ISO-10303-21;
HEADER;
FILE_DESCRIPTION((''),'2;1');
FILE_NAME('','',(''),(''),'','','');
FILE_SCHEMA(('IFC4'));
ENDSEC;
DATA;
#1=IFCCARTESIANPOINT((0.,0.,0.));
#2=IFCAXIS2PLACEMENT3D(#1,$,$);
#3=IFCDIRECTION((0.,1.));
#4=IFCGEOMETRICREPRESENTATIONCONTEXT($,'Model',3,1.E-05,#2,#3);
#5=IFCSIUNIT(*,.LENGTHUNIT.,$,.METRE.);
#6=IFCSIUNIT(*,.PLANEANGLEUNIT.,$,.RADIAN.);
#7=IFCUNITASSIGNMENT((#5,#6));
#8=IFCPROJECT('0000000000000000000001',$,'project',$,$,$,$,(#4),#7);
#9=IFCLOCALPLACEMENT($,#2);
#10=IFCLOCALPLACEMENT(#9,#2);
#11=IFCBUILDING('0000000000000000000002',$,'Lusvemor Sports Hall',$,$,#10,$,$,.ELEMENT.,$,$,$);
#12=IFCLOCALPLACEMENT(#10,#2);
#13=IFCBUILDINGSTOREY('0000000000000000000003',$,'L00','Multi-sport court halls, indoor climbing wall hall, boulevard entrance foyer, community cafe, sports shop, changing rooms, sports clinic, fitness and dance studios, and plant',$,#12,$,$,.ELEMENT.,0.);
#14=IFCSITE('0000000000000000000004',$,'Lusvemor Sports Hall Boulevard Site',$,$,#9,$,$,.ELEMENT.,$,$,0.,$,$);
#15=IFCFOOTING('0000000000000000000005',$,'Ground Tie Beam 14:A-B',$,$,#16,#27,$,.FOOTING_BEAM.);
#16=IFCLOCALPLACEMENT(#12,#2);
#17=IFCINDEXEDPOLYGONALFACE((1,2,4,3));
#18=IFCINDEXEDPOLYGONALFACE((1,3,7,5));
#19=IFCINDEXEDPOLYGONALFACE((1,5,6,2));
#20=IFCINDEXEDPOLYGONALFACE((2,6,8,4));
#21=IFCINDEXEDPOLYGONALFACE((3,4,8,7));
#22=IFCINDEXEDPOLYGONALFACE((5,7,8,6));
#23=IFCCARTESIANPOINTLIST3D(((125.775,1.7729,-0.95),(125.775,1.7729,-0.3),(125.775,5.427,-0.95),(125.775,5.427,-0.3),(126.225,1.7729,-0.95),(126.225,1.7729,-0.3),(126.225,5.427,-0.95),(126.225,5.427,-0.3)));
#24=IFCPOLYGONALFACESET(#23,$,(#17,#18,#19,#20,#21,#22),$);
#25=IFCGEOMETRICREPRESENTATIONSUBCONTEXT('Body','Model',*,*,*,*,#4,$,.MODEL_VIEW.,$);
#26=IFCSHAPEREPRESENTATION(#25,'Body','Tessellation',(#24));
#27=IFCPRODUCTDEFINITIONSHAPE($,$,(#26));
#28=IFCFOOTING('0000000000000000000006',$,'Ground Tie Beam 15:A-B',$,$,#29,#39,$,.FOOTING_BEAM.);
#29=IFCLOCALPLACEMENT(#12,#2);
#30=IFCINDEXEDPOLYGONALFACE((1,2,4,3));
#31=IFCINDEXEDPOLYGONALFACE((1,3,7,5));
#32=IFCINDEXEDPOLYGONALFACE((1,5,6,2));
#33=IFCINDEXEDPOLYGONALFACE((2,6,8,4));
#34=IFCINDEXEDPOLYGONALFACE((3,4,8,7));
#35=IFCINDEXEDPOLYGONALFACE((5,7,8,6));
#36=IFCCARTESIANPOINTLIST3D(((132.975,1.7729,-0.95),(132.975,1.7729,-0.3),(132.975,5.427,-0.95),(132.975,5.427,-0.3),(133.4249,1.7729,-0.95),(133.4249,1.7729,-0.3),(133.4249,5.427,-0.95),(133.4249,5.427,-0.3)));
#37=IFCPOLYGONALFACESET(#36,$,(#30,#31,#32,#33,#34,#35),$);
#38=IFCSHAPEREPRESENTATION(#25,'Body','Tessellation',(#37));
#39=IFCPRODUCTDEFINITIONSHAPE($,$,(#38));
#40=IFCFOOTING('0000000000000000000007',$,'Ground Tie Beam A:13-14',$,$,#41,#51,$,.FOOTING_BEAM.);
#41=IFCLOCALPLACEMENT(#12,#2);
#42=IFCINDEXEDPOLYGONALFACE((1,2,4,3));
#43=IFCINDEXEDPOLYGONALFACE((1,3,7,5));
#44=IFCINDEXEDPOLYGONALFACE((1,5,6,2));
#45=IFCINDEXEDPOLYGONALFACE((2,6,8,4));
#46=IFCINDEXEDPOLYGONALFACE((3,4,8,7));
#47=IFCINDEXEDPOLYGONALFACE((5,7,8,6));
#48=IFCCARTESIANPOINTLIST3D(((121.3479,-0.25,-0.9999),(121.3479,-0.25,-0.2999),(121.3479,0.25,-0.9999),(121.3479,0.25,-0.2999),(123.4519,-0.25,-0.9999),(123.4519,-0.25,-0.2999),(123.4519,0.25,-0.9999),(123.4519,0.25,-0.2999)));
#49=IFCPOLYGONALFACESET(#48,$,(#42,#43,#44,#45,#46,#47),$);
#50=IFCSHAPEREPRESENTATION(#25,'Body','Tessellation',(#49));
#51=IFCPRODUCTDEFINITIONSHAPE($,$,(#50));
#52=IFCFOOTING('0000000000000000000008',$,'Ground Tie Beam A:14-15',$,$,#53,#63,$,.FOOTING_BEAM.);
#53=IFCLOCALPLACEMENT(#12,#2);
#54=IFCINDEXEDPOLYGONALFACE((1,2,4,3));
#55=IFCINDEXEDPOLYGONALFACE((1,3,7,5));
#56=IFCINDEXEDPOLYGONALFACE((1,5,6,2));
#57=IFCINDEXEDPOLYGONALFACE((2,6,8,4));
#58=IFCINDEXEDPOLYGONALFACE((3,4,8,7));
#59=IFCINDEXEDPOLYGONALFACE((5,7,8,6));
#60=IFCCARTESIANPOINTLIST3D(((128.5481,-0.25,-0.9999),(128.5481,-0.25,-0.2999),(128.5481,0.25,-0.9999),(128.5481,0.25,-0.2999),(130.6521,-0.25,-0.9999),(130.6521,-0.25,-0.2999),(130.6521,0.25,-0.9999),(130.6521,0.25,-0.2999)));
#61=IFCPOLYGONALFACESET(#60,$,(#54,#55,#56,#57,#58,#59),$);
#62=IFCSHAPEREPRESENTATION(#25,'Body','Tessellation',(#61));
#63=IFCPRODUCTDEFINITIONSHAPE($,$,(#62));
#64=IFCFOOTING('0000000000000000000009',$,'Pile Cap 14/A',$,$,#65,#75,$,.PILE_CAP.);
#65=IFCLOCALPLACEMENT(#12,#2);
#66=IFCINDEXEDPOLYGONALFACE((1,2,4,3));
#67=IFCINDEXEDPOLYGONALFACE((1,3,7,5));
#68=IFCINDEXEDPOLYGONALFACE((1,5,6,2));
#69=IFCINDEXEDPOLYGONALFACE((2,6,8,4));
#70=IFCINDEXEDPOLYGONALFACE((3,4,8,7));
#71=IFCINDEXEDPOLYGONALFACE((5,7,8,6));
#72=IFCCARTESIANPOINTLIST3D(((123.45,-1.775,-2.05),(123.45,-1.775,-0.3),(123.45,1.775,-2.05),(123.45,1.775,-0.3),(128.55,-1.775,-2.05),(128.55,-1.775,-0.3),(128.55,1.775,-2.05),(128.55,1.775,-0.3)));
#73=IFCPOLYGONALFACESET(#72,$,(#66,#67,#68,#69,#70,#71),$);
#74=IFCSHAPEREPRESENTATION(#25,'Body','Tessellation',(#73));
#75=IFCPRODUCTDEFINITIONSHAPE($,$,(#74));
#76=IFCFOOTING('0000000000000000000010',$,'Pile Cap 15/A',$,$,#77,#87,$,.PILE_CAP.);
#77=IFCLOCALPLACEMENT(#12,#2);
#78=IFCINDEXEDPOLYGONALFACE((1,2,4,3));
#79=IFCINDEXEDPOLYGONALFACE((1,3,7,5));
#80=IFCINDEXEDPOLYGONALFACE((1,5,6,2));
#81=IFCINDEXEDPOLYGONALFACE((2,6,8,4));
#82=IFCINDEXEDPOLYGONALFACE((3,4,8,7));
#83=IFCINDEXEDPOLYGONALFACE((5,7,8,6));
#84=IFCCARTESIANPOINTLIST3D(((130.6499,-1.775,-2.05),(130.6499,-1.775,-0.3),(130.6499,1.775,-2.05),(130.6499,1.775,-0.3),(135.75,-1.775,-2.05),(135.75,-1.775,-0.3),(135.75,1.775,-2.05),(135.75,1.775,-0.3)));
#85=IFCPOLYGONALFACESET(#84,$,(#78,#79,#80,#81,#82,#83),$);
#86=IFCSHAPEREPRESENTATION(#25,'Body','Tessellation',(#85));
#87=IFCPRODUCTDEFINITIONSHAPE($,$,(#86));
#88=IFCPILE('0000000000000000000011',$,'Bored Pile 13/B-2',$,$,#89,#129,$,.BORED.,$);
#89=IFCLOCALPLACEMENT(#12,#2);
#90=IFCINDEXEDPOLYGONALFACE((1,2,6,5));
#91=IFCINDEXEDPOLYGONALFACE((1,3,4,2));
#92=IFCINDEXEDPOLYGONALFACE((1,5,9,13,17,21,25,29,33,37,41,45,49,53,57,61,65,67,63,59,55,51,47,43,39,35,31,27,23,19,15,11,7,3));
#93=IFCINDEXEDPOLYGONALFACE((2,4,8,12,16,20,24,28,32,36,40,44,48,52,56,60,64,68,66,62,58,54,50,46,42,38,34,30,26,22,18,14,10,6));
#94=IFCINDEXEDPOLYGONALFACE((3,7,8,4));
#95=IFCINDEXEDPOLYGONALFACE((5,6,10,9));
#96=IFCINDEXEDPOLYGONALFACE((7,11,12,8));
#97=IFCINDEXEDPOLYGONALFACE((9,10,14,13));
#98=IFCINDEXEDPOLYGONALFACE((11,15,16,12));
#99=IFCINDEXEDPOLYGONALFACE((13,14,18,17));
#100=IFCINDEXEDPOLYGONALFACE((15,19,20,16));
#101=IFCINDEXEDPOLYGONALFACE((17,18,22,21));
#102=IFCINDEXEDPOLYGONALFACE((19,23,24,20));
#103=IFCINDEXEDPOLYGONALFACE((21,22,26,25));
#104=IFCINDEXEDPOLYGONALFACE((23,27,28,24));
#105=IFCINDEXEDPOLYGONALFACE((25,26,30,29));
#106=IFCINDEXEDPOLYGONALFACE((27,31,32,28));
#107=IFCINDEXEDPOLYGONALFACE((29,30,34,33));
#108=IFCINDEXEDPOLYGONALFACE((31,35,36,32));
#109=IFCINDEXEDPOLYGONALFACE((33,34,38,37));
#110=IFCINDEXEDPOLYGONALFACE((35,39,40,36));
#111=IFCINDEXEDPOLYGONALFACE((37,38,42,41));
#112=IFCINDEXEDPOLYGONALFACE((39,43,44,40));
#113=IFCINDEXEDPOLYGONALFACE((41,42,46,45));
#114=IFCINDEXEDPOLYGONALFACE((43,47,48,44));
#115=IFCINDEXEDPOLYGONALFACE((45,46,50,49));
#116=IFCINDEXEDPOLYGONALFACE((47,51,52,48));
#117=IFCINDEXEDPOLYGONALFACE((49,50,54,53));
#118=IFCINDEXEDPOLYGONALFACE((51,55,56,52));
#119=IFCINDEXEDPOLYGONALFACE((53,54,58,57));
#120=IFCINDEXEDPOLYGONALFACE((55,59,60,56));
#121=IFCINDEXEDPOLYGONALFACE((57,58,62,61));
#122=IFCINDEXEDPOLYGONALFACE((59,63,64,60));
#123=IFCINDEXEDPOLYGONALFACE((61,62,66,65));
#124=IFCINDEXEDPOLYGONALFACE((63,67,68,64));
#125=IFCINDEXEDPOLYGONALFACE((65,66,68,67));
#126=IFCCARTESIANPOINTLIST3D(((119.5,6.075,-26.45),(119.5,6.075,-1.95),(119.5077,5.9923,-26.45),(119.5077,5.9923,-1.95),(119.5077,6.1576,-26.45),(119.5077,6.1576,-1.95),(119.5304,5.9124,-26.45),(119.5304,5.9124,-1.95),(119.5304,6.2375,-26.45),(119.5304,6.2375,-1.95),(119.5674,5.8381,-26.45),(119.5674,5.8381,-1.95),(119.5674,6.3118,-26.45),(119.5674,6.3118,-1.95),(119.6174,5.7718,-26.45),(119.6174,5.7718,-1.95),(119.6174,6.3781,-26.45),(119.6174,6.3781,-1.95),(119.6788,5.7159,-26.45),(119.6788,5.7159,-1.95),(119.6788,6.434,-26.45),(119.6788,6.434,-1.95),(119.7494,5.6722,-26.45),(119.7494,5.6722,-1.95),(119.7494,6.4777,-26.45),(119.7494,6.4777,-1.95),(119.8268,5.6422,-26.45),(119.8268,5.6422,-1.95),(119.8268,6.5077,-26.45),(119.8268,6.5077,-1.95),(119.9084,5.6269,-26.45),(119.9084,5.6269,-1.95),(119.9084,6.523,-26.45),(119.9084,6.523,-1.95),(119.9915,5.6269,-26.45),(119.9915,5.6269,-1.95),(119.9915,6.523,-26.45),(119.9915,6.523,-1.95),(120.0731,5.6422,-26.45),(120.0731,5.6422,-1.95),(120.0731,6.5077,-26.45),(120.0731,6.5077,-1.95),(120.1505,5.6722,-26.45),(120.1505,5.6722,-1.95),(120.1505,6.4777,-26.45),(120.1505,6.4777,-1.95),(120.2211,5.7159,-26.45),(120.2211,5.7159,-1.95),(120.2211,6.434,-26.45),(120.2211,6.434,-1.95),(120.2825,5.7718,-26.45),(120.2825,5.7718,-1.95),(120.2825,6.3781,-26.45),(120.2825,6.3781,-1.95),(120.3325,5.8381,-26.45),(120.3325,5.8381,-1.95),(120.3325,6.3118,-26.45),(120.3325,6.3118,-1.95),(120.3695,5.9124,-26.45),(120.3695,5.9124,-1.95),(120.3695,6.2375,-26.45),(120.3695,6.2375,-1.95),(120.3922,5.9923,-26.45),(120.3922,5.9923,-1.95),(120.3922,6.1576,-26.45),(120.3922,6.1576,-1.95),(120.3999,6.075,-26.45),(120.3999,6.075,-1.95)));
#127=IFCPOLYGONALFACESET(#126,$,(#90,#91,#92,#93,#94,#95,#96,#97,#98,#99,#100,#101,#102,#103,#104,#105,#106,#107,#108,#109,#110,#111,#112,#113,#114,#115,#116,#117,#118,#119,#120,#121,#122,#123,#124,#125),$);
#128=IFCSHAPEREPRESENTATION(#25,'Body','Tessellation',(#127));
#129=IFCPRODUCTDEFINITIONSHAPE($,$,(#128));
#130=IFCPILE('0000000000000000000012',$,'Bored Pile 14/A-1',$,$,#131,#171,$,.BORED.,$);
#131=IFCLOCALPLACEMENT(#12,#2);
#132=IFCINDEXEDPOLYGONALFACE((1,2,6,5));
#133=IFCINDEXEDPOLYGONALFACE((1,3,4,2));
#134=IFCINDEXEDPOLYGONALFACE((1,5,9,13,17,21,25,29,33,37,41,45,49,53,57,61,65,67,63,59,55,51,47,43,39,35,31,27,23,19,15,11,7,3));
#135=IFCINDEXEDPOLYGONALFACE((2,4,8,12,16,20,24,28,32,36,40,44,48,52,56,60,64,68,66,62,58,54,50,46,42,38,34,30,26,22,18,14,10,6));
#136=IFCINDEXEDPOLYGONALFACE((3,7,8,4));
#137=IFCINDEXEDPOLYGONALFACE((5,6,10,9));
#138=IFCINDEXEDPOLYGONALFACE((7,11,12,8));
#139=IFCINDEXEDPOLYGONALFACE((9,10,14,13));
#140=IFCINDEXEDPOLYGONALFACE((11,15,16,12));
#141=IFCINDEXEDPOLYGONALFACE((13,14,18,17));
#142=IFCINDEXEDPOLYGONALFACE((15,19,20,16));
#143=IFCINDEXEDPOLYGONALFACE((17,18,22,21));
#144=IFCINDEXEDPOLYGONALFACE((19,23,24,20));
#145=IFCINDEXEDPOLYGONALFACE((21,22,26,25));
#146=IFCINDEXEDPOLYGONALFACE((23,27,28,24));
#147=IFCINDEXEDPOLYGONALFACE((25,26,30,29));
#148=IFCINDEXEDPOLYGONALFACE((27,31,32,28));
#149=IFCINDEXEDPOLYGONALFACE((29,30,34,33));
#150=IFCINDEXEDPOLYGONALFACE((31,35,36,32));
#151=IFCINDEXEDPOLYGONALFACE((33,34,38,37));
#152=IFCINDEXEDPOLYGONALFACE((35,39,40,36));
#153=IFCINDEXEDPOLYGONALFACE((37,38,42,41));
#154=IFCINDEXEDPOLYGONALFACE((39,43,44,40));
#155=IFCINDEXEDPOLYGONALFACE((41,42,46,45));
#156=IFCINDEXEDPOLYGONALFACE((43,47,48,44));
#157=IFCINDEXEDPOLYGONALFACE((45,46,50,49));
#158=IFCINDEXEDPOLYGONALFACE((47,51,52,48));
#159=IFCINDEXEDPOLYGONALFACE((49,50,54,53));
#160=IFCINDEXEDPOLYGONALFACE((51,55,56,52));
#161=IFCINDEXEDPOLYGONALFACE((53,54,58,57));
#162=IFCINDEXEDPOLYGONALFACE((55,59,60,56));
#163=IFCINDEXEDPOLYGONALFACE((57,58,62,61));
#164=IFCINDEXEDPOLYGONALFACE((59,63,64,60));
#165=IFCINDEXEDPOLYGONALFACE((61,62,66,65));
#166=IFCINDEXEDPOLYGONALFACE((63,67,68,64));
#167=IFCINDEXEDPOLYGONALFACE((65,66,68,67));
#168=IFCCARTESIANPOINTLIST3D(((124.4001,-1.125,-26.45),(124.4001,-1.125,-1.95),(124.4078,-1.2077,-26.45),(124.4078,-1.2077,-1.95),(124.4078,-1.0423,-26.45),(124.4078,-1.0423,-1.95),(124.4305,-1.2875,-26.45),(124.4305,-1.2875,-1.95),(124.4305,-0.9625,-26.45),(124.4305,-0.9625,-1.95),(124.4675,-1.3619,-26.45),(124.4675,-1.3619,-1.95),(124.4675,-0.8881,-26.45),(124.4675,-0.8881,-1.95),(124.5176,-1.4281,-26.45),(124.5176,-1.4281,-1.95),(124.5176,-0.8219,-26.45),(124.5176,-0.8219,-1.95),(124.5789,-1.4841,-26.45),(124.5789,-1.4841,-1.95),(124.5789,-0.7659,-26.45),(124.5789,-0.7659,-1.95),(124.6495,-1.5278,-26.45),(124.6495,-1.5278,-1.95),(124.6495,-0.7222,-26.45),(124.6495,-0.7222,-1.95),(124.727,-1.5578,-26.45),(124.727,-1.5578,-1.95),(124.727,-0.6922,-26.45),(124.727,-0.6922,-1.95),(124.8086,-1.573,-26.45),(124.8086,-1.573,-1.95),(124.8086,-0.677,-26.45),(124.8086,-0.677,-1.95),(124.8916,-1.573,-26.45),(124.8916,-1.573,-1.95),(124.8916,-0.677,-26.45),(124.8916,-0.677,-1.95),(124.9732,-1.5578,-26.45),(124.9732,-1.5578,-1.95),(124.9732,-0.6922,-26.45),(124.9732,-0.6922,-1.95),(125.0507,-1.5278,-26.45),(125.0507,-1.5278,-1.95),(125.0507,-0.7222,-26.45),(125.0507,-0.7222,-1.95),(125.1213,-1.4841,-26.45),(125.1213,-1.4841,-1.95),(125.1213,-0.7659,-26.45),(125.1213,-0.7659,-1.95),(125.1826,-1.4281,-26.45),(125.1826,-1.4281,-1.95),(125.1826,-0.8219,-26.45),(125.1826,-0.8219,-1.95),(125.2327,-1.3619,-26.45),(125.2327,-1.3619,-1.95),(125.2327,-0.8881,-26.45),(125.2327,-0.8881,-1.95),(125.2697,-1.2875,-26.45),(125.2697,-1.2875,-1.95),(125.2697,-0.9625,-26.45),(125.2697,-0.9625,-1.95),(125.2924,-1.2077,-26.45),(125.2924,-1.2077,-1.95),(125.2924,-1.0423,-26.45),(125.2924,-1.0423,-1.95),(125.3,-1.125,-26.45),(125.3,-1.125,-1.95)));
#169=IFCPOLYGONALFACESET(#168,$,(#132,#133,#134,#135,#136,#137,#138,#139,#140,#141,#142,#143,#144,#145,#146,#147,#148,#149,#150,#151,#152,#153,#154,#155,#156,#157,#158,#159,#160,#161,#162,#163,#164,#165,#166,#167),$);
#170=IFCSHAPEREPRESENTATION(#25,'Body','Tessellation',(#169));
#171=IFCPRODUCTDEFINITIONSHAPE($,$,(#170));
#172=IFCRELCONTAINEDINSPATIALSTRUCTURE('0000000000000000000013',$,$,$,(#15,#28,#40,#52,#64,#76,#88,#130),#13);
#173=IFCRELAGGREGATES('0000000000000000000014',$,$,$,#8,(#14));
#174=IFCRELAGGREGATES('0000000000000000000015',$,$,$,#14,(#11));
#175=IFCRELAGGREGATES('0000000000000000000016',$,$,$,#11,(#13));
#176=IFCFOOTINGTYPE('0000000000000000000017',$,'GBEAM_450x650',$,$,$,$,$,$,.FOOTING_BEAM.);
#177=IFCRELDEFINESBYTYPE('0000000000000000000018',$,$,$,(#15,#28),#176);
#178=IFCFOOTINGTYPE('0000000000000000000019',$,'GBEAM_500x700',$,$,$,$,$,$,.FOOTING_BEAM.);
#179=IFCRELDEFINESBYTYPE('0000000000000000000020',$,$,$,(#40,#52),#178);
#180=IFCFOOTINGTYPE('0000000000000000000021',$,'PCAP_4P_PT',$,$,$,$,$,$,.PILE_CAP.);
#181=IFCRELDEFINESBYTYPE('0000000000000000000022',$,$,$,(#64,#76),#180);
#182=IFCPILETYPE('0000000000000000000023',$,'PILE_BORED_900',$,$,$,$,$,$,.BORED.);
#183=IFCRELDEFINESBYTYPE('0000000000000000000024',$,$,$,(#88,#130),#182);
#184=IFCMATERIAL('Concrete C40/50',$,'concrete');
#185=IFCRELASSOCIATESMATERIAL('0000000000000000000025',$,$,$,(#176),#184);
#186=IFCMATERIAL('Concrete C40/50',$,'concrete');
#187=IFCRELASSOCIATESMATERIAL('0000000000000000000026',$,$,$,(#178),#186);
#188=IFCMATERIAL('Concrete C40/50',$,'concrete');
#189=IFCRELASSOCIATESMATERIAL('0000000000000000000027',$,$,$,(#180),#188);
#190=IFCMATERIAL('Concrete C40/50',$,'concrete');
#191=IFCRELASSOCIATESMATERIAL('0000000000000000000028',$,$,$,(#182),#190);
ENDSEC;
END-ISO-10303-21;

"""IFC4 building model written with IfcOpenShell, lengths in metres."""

from ifc_helpers import new_model, si_unit, direction, frame, origin, origin_2d, place, context, subcontext, project, spatial, rectangle, circle, extrude, material, material_profile, profile_set, type_object, element, save


model = new_model("IFC4")

# Units and contexts
model_context = context("Model", 3, precision=1e-05, world=origin(), true_north=direction((0.0, 1.0)))
body_context = subcontext(model_context, "Body", "Model", "MODEL_VIEW")
ifc_project = project(units=[si_unit("LENGTHUNIT", "METRE"), si_unit("PLANEANGLEUNIT", "RADIAN")], contexts=[model_context])

# Site, building, storey
site_placement = place(None, origin())
site = spatial("IfcSite", under=ifc_project, at=site_placement, Name="Lusvemor Sports Hall Boulevard Site", CompositionType="ELEMENT", RefElevation=0.0)
building_placement = place(site_placement, origin())
building = spatial("IfcBuilding", under=site, at=building_placement, Name="Lusvemor Sports Hall", CompositionType="ELEMENT")
storey_placement = place(building_placement, origin())
storey = spatial("IfcBuildingStorey", under=building, at=storey_placement, Name="L00", Description="Multi-sport court halls, indoor climbing wall hall, boulevard entrance foyer, community cafe, sports shop, changing rooms, sports clinic, fitness and dance studios, and plant", CompositionType="ELEMENT", Elevation=0.0)

# Footings
ifc_material_1 = material(Name="Concrete C40/50", Category="concrete")
ifc_material_profile_1 = material_profile(ifc_material_1, rectangle(XDim=0.45, YDim=0.6499, at=origin_2d()), Name="GB_450x650")
ifc_profile_set_1 = profile_set([ifc_material_profile_1], Name="Concrete C40/50")
footing_type_1 = type_object("IfcFootingType", Name="GBEAM_450x650", PredefinedType="FOOTING_BEAM", material=ifc_profile_set_1)
for number, where, z_axis, x_axis, name in (
    (1, (126.0, 1.7729, -0.625), (0.0, 1.0, 0.0), (-1.0, 0.0, 0.0), "Ground Tie Beam 14:A-B"),
    (2, (133.2, 1.7729, -0.625), (0.0, 1.0, 0.0), (-1.0, 0.0, 0.0), "Ground Tie Beam 15:A-B"),
):
    element("IfcFooting", number, at=place(storey_placement, frame(where, z_axis=z_axis, x_axis=x_axis)), inside=storey, type_object=footing_type_1, Name=name, PredefinedType="FOOTING_BEAM", context=body_context, shape_type="SweptSolid", body=[
        extrude(rectangle(XDim=0.45, YDim=0.6499, at=origin_2d()), origin(), (0.0, 0.0, 1.0), 3.6541),
    ])
ifc_material_2 = material(Name="Concrete C40/50", Category="concrete")
ifc_material_profile_2 = material_profile(ifc_material_2, rectangle(XDim=0.5, YDim=0.7, at=origin_2d()), Name="GB_500x700")
ifc_profile_set_2 = profile_set([ifc_material_profile_2], Name="Concrete C40/50")
footing_type_2 = type_object("IfcFootingType", Name="GBEAM_500x700", PredefinedType="FOOTING_BEAM", material=ifc_profile_set_2)
for number, where, z_axis, x_axis, name in (
    (3, (121.3479, 0.0, -0.6499), (1.0, 0.0, 0.0), (0.0, 1.0, 0.0), "Ground Tie Beam A:13-14"),
    (4, (128.5481, 0.0, -0.6499), (1.0, 0.0, 0.0), (0.0, 1.0, 0.0), "Ground Tie Beam A:14-15"),
):
    element("IfcFooting", number, at=place(storey_placement, frame(where, z_axis=z_axis, x_axis=x_axis)), inside=storey, type_object=footing_type_2, Name=name, PredefinedType="FOOTING_BEAM", context=body_context, shape_type="SweptSolid", body=[
        extrude(rectangle(XDim=0.5, YDim=0.7, at=origin_2d()), origin(), (0.0, 0.0, 1.0), 2.104),
    ])
ifc_material_3 = material(Name="Concrete C40/50", Category="concrete")
footing_type_3 = type_object("IfcFootingType", Name="PCAP_4P_PT", PredefinedType="PILE_CAP", material=ifc_material_3)
for number, where, z_axis, x_axis, name in (
    (5, (126.0, 0.0, -2.05), (0.0, 0.0, 1.0), (1.0, 0.0, 0.0), "Pile Cap 14/A"),
    (6, (133.2, 0.0, -2.05), (0.0, 0.0, 1.0), (1.0, 0.0, 0.0), "Pile Cap 15/A"),
):
    element("IfcFooting", number, at=place(storey_placement, frame(where, z_axis=z_axis, x_axis=x_axis)), inside=storey, type_object=footing_type_3, Name=name, PredefinedType="PILE_CAP", context=body_context, shape_type="SweptSolid", body=[
        extrude(rectangle(XDim=5.1001, YDim=3.55, at=origin_2d()), origin(), (0.0, 0.0, 1.0), 1.75),
    ])

# Piles
ifc_material_4 = material(Name="Concrete C40/50", Category="concrete")
ifc_material_profile_3 = material_profile(ifc_material_4, circle(Radius=0.45, at=origin_2d()), Name="PILE900")
ifc_profile_set_3 = profile_set([ifc_material_profile_3], Name="Concrete C40/50")
pile_type = type_object("IfcPileType", Name="PILE_BORED_900", PredefinedType="BORED", material=ifc_profile_set_3)
for number, where, z_axis, x_axis, name in (
    (7, (119.95, 6.075, -1.95), (0.0, 0.0, -1.0), (1.0, 0.0, 0.0), "Bored Pile 13/B-2"),
    (8, (124.8501, -1.125, -1.95), (0.0, 0.0, -1.0), (1.0, 0.0, 0.0), "Bored Pile 14/A-1"),
):
    element("IfcPile", number, at=place(storey_placement, frame(where, z_axis=z_axis, x_axis=x_axis)), inside=storey, type_object=pile_type, Name=name, PredefinedType="BORED", context=body_context, shape_type="SweptSolid", body=[
        extrude(circle(Radius=0.45, at=origin_2d()), origin(), (0.0, 0.0, 1.0), 24.5),
    ])

save(model, "model.ifc")
